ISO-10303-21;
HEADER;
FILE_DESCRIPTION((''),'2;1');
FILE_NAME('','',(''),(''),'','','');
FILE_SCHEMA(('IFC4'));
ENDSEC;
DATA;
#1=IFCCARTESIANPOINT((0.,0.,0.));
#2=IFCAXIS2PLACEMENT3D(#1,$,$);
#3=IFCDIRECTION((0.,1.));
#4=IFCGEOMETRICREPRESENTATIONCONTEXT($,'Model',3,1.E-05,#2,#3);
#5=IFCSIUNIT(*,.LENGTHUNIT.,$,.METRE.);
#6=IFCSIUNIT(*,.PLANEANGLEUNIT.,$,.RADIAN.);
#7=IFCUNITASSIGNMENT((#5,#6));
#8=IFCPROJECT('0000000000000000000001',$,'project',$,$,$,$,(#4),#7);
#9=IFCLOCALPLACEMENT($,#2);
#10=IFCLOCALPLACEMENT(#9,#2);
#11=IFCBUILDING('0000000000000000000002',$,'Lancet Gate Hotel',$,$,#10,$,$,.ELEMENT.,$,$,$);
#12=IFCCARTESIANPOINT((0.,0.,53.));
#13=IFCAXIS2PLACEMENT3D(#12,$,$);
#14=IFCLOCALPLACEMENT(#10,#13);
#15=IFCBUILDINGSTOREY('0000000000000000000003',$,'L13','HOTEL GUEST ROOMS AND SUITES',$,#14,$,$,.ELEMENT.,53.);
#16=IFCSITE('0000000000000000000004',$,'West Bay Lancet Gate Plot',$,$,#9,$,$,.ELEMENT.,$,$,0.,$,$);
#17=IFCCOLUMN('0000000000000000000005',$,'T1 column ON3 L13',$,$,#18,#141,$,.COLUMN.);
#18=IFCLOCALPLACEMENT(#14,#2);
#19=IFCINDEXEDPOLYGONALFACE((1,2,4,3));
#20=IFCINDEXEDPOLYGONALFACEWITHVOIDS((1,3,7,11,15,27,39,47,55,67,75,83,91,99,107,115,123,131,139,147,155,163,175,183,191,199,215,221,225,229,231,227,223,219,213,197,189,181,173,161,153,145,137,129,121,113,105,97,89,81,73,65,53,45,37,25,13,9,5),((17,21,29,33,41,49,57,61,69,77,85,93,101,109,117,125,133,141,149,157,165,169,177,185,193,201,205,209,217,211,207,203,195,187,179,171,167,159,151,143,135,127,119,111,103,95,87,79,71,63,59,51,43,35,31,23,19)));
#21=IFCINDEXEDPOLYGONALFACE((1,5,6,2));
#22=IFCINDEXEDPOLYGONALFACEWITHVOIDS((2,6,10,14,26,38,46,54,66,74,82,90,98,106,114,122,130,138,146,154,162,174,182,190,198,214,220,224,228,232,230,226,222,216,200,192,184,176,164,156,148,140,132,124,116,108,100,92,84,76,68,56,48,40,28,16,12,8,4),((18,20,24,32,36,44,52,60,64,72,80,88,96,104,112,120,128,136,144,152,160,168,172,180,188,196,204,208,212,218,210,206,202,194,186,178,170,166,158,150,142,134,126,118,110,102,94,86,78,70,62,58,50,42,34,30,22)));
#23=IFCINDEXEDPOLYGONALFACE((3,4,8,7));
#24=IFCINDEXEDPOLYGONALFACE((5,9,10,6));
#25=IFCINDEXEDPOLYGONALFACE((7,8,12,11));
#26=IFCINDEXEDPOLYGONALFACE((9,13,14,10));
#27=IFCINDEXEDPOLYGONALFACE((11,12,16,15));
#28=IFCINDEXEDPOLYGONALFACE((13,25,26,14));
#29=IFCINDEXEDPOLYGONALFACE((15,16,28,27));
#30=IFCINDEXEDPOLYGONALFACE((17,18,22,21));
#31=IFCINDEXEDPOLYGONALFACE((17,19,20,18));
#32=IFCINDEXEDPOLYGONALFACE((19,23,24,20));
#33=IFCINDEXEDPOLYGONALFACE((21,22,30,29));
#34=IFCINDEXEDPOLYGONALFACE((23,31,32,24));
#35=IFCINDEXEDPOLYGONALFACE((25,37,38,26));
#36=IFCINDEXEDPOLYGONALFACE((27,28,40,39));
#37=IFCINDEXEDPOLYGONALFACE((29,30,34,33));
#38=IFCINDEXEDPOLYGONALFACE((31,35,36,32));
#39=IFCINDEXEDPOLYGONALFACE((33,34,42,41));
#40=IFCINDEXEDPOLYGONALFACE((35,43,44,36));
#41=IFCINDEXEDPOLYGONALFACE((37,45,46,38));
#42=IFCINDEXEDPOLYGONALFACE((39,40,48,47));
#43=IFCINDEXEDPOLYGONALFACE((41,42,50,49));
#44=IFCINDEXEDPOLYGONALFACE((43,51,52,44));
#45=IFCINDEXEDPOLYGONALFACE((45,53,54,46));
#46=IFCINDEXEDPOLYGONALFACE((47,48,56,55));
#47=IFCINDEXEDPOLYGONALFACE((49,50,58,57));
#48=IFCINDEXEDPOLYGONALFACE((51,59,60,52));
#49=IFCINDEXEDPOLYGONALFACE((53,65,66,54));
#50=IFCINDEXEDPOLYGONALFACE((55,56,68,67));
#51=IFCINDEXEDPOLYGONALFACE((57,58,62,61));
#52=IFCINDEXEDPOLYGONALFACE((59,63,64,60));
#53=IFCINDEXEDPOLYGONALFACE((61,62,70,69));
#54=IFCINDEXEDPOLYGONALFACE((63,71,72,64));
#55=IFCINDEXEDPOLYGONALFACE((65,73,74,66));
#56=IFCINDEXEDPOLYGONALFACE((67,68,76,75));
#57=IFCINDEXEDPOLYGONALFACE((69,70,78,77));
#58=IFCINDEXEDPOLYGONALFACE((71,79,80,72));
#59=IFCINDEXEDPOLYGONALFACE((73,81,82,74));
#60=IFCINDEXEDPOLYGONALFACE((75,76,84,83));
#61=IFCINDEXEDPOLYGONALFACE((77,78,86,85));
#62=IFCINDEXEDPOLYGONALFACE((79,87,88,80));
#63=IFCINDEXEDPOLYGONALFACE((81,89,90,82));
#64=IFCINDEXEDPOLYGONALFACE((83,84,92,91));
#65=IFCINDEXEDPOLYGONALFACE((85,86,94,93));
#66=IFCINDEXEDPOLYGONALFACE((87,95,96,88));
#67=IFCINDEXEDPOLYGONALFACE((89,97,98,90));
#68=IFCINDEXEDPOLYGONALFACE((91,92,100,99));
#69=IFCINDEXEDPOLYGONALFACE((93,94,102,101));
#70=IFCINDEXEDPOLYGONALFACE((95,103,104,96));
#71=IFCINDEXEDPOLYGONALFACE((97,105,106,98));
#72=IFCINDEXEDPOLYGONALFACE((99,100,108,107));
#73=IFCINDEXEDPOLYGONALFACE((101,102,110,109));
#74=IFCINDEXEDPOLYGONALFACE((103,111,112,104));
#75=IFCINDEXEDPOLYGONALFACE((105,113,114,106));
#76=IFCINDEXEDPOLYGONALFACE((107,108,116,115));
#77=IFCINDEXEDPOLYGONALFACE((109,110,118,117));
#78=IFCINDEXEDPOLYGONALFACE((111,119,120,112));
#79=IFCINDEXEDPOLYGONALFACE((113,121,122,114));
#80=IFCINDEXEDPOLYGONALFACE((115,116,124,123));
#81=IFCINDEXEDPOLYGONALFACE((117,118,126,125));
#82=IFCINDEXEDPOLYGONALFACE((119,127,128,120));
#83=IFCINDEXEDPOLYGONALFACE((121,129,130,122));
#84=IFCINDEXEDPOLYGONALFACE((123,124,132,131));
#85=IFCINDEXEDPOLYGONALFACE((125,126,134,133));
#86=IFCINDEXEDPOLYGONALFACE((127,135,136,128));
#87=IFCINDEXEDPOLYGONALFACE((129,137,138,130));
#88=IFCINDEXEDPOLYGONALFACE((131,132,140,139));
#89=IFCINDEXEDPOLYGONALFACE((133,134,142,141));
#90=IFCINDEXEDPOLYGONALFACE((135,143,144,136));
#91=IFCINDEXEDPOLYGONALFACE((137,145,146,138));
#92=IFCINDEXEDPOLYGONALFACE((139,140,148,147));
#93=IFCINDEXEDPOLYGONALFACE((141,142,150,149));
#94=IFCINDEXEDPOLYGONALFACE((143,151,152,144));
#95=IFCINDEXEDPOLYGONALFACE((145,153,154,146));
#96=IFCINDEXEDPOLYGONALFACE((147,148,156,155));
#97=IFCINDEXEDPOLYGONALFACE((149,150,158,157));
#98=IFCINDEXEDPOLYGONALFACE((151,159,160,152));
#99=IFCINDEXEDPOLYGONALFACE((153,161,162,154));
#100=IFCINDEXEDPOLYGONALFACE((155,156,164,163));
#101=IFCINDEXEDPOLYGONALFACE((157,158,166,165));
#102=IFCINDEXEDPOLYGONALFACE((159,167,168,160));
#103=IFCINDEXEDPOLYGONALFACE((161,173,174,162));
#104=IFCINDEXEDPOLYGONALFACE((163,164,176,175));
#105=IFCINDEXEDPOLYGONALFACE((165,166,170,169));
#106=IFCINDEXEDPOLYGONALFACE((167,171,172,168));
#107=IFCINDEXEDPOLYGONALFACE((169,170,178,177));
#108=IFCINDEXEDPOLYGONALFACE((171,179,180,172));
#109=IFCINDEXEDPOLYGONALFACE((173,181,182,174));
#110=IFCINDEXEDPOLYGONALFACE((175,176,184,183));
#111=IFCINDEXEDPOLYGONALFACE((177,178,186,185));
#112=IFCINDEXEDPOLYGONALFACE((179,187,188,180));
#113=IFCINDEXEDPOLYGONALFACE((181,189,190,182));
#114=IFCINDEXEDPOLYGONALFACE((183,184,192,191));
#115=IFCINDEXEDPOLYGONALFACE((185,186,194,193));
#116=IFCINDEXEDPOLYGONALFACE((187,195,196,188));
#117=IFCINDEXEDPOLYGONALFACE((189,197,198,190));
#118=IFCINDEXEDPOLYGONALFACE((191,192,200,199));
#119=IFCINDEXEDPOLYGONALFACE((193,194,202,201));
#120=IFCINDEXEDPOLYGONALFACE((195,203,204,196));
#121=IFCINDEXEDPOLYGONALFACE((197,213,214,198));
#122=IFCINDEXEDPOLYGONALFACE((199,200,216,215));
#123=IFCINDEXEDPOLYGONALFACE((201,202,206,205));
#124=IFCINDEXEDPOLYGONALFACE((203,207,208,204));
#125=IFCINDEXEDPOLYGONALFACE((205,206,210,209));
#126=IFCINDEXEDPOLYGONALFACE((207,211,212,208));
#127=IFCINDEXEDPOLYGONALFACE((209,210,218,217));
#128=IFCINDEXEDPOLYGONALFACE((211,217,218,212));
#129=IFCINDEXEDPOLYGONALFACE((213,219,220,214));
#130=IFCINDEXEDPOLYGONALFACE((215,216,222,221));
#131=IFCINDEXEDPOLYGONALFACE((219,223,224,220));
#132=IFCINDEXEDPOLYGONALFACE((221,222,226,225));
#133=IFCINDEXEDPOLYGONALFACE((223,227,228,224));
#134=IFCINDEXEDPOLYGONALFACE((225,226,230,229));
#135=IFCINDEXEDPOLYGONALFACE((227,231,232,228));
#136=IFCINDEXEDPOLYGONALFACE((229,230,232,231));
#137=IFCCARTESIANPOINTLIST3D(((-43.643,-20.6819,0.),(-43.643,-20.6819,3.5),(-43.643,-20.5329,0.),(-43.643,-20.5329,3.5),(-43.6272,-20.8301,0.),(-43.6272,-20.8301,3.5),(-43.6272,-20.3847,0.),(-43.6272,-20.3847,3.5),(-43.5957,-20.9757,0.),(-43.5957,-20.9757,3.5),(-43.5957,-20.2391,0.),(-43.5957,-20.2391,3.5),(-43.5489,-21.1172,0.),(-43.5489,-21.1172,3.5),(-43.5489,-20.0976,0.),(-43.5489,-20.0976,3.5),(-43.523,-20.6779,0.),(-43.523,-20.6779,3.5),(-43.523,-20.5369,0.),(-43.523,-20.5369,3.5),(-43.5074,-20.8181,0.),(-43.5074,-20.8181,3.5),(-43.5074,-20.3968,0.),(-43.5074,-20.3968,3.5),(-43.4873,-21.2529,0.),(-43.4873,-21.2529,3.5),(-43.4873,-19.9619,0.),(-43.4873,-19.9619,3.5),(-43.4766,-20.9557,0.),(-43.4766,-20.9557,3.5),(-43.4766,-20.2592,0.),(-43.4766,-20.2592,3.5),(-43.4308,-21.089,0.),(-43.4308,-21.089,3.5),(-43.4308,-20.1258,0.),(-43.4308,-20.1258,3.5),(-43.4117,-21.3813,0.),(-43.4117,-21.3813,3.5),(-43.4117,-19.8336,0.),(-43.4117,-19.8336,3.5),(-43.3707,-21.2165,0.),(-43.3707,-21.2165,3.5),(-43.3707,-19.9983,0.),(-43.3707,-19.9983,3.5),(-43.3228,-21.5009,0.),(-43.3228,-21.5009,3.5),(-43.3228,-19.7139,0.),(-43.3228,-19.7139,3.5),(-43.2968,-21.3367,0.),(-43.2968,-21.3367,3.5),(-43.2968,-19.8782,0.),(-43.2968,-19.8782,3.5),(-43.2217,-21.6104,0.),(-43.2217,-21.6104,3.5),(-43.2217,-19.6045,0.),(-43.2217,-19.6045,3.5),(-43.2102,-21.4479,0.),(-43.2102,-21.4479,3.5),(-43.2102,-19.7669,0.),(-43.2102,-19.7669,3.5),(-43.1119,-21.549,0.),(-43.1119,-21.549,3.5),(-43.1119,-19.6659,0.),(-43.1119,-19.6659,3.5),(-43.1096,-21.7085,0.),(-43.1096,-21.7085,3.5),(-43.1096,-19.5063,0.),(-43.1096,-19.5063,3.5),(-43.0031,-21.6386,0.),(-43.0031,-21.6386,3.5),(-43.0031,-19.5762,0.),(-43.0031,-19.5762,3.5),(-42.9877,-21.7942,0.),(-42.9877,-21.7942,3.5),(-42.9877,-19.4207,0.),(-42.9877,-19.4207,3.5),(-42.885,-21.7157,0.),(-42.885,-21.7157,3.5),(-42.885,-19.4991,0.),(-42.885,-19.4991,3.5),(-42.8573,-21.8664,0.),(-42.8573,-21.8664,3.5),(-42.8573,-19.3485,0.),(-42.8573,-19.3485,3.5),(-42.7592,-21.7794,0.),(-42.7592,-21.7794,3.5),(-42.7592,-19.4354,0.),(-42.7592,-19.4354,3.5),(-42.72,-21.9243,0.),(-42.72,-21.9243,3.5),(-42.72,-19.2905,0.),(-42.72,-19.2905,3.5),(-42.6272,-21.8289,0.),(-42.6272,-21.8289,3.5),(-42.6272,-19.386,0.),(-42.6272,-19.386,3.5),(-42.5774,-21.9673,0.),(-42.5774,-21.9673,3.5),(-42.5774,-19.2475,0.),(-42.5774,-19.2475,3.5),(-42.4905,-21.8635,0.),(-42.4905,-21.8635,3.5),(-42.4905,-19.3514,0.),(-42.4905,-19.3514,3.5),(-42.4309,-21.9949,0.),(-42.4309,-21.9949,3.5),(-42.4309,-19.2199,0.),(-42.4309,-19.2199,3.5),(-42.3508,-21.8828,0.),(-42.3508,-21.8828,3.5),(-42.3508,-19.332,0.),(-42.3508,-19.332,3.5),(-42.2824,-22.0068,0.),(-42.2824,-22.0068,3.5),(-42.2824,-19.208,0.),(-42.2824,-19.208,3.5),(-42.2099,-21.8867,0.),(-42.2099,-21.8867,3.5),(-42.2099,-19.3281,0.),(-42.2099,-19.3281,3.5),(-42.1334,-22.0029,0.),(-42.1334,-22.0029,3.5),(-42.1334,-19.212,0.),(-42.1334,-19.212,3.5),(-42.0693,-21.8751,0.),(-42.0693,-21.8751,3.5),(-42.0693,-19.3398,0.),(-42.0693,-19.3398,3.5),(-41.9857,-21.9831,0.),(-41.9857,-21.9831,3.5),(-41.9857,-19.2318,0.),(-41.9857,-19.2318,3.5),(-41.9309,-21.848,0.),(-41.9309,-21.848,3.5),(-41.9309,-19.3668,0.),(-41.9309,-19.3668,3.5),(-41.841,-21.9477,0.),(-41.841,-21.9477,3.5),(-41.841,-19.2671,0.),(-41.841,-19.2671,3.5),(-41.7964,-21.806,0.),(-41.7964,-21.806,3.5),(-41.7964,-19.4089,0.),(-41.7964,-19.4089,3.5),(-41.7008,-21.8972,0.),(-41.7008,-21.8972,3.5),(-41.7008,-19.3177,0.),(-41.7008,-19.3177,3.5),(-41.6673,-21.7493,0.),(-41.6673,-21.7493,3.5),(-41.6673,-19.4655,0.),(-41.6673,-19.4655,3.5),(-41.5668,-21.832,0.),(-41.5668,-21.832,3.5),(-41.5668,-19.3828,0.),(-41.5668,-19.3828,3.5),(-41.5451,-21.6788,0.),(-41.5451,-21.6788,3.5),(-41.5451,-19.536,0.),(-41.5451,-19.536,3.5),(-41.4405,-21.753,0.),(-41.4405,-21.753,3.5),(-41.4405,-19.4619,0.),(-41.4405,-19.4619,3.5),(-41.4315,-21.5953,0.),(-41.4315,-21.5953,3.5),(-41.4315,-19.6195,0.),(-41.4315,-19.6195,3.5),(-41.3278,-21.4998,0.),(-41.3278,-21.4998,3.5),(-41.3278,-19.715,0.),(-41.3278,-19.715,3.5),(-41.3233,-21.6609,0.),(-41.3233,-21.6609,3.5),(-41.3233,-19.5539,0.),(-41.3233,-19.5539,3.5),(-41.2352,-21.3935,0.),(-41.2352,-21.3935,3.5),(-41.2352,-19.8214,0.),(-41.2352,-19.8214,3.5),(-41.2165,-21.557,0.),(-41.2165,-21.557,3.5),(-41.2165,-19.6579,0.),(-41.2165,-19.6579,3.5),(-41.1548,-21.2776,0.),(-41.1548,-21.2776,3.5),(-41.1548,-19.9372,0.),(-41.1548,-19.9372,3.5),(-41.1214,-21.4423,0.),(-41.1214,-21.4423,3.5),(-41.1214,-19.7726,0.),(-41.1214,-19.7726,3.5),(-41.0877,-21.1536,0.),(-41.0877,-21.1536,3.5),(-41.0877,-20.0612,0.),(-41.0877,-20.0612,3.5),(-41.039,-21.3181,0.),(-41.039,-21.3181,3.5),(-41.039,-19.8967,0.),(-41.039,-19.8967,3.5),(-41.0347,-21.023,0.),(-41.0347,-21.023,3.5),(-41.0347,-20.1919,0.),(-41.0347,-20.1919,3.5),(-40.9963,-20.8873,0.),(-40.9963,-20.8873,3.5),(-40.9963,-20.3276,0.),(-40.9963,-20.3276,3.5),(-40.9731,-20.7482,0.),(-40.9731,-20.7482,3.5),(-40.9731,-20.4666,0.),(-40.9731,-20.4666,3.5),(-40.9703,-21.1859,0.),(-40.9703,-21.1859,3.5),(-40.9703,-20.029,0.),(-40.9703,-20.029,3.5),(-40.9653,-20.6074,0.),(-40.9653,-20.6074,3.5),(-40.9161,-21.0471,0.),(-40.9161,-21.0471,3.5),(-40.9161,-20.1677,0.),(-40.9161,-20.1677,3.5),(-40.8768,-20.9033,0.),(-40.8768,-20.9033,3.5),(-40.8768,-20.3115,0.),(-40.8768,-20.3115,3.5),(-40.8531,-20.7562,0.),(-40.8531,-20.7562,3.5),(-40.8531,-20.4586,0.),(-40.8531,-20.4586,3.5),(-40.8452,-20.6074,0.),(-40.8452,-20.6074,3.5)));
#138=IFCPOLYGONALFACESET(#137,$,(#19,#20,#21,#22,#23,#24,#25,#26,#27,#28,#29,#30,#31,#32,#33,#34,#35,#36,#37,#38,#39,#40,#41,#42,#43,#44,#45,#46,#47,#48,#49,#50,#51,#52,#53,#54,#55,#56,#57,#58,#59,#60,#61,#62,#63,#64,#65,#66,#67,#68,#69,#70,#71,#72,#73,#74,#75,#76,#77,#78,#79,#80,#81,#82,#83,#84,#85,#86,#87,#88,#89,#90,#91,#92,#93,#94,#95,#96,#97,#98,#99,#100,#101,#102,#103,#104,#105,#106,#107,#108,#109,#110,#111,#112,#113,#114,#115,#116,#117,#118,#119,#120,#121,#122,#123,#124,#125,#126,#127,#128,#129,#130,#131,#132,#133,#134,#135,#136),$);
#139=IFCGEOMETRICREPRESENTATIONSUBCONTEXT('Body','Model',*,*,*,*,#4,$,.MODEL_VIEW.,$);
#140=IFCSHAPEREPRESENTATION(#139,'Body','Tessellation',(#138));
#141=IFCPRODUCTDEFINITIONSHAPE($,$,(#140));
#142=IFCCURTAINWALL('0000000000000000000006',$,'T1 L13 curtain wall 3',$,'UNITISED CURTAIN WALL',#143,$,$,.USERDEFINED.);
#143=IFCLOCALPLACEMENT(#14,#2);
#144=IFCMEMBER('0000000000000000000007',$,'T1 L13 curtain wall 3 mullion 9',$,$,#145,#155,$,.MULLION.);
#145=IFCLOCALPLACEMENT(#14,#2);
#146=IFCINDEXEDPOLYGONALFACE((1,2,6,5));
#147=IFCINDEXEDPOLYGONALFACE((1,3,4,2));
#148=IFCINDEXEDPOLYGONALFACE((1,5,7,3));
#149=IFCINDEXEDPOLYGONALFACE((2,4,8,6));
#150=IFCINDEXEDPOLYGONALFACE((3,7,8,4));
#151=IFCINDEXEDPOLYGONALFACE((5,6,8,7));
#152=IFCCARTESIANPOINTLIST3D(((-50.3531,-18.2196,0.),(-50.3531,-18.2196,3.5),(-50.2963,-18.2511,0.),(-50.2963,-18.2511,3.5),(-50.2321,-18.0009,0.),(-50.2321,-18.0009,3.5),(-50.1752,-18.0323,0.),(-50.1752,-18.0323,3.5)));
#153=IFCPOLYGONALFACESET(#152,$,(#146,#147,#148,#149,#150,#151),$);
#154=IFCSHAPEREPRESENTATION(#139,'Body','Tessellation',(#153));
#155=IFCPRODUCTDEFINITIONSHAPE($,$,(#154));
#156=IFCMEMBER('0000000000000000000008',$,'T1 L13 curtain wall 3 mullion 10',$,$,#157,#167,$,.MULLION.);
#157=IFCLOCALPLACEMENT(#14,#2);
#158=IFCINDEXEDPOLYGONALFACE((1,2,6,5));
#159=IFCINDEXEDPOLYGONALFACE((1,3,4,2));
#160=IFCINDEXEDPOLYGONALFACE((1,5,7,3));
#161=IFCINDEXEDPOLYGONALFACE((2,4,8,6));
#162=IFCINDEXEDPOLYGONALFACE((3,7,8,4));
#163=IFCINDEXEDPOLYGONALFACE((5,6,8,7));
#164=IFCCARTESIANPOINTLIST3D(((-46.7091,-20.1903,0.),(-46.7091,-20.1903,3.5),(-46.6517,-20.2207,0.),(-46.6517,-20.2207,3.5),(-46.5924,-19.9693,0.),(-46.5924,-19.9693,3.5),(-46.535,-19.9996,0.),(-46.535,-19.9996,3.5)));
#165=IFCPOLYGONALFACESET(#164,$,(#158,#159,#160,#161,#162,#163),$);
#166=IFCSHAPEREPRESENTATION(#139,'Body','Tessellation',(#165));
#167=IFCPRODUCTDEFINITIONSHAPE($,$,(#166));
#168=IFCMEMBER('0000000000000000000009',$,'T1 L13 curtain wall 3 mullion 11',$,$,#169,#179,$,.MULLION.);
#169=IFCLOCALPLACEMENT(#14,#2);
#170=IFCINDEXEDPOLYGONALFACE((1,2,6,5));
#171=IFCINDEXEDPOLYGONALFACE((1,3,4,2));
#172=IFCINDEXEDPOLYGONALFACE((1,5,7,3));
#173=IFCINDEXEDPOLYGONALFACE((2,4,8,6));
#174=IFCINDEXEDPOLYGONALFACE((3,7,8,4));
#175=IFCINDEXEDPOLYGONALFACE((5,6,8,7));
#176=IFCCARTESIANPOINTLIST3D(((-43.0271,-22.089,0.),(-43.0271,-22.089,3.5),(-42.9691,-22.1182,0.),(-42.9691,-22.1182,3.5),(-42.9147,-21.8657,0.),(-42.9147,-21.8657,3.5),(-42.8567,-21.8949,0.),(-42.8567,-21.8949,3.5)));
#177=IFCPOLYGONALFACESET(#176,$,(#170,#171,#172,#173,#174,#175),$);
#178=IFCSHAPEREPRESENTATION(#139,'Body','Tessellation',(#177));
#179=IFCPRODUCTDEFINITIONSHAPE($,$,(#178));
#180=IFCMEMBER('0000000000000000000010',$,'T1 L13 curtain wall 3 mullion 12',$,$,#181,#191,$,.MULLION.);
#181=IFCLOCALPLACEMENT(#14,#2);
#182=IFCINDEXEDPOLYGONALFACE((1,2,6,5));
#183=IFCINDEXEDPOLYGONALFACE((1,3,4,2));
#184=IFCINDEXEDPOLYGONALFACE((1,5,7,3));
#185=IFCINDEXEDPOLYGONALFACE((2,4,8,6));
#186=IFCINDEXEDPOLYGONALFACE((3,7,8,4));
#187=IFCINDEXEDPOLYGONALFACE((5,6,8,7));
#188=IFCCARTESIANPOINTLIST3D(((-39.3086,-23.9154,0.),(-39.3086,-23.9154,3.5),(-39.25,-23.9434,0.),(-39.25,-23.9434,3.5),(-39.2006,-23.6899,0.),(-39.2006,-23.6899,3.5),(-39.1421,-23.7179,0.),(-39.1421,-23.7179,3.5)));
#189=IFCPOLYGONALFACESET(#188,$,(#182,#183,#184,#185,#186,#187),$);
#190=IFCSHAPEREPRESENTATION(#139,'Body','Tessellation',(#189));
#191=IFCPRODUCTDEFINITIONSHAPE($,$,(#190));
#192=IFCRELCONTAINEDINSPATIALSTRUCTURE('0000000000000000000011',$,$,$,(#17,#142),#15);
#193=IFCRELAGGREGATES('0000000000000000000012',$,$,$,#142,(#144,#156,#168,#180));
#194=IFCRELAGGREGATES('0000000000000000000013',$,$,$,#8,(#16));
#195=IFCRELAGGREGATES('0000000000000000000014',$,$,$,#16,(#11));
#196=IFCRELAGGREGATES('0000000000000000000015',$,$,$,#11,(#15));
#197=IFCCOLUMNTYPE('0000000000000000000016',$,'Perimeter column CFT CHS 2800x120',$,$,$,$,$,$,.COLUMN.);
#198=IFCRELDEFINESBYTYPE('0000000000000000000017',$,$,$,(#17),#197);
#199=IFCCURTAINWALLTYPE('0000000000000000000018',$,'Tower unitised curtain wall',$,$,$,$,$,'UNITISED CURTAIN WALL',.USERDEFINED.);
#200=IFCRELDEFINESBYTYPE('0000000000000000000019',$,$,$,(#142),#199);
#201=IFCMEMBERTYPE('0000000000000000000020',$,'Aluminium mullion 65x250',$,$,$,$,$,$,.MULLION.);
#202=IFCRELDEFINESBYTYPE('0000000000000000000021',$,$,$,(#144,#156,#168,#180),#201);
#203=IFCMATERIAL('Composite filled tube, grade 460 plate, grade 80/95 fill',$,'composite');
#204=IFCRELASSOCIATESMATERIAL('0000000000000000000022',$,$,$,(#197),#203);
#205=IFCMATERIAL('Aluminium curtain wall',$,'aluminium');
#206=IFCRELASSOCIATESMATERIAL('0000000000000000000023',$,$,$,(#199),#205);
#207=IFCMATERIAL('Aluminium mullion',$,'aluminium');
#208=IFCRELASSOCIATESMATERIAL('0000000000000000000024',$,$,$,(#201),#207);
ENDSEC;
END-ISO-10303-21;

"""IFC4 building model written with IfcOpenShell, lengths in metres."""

from ifc_helpers import new_model, si_unit, direction, frame, origin, origin_2d, place, context, subcontext, project, spatial, rectangle, hollow_circle, extrude, material, material_profile, profile_set, type_object, element, aggregate, save


model = new_model("IFC4")

# Units and contexts
model_context = context("Model", 3, precision=1e-05, world=origin(), true_north=direction((0.0, 1.0)))
body_context = subcontext(model_context, "Body", "Model", "MODEL_VIEW")
ifc_project = project(units=[si_unit("LENGTHUNIT", "METRE"), si_unit("PLANEANGLEUNIT", "RADIAN")], contexts=[model_context])

# Site, building, storey
site_placement = place(None, origin())
site = spatial("IfcSite", under=ifc_project, at=site_placement, Name="West Bay Lancet Gate Plot", CompositionType="ELEMENT", RefElevation=0.0)
building_placement = place(site_placement, origin())
building = spatial("IfcBuilding", under=site, at=building_placement, Name="Lancet Gate Hotel", CompositionType="ELEMENT")
storey_placement = place(building_placement, frame((0.0, 0.0, 53.0)))
storey = spatial("IfcBuildingStorey", under=building, at=storey_placement, Name="L13", Description="HOTEL GUEST ROOMS AND SUITES", CompositionType="ELEMENT", Elevation=53.0)

# Column
ifc_material_1 = material(Name="Composite filled tube, grade 460 plate, grade 80/95 fill", Category="composite")
ifc_material_profile_1 = material_profile(ifc_material_1, hollow_circle(Radius=1.3999, WallThickness=0.1201, at=origin_2d()), Name="CHS 2800x120")
ifc_profile_set_1 = profile_set([ifc_material_profile_1], Name="Composite filled tube, grade 460 plate, grade 80/95 fill")
column_type = type_object("IfcColumnType", Name="Perimeter column CFT CHS 2800x120", PredefinedType="COLUMN", material=ifc_profile_set_1)
column_placement = place(storey_placement, frame((-42.2451, -20.6074, 0.0), z_axis=(0.0, 0.0, 1.0), x_axis=(1.0, 0.0, 0.0)))
element("IfcColumn", 1, at=column_placement, inside=storey, type_object=column_type, Name="T1 column ON3 L13", PredefinedType="COLUMN", context=body_context, shape_type="SweptSolid", body=[
    extrude(hollow_circle(Radius=1.3999, WallThickness=0.1201, at=origin_2d()), origin(), (0.0, 0.0, 1.0), 3.5),
])

# Curtain wall, members
ifc_material_2 = material(Name="Aluminium curtain wall", Category="aluminium")
curtain_wall_type = type_object("IfcCurtainWallType", Name="Tower unitised curtain wall", ElementType="UNITISED CURTAIN WALL", PredefinedType="USERDEFINED", material=ifc_material_2)
curtain_wall_placement = place(storey_placement, origin())
curtain_wall = element("IfcCurtainWall", 2, at=curtain_wall_placement, inside=storey, type_object=curtain_wall_type, Name="T1 L13 curtain wall 3", ObjectType="UNITISED CURTAIN WALL", PredefinedType="USERDEFINED")
ifc_material_3 = material(Name="Aluminium mullion", Category="aluminium")
ifc_material_profile_2 = material_profile(ifc_material_3, rectangle(XDim=0.0649, YDim=0.25, at=origin_2d()), Name="MULLION 65x250")
ifc_profile_set_2 = profile_set([ifc_material_profile_2], Name="Aluminium mullion")
member_type_1 = type_object("IfcMemberType", Name="Aluminium mullion 65x250", PredefinedType="MULLION", material=ifc_profile_set_2)
member_1_placement = place(storey_placement, frame((-50.2642, -18.126, 0.0), z_axis=(0.0, 0.0, 1.0), x_axis=(0.874991, -0.484139, 0.0)))
member_1 = element("IfcMember", 3, at=member_1_placement, type_object=member_type_1, Name="T1 L13 curtain wall 3 mullion 9", PredefinedType="MULLION", context=body_context, shape_type="SweptSolid", body=[
    extrude(rectangle(XDim=0.0649, YDim=0.25, at=origin_2d()), origin(), (0.0, 0.0, 1.0), 3.5),
])
member_2_placement = place(storey_placement, frame((-46.6221, -20.095, 0.0), z_axis=(0.0, 0.0, 1.0), x_axis=(0.884311, -0.466898, 0.0)))
member_2 = element("IfcMember", 4, at=member_2_placement, type_object=member_type_1, Name="T1 L13 curtain wall 3 mullion 10", PredefinedType="MULLION", context=body_context, shape_type="SweptSolid", body=[
    extrude(rectangle(XDim=0.0649, YDim=0.25, at=origin_2d()), origin(), (0.0, 0.0, 1.0), 3.5),
])
member_3_placement = place(storey_placement, frame((-42.9419, -21.9919, 0.0), z_axis=(0.0, 0.0, 1.0), x_axis=(0.893292, -0.449478, 0.0)))
member_3 = element("IfcMember", 5, at=member_3_placement, type_object=member_type_1, Name="T1 L13 curtain wall 3 mullion 11", PredefinedType="MULLION", context=body_context, shape_type="SweptSolid", body=[
    extrude(rectangle(XDim=0.0649, YDim=0.25, at=origin_2d()), origin(), (0.0, 0.0, 1.0), 3.5),
])
member_4_placement = place(storey_placement, frame((-39.2253, -23.8167, 0.0), z_axis=(0.0, 0.0, 1.0), x_axis=(0.901929, -0.431885, 0.0)))
member_4 = element("IfcMember", 6, at=member_4_placement, type_object=member_type_1, Name="T1 L13 curtain wall 3 mullion 12", PredefinedType="MULLION", context=body_context, shape_type="SweptSolid", body=[
    extrude(rectangle(XDim=0.0649, YDim=0.25, at=origin_2d()), origin(), (0.0, 0.0, 1.0), 3.5),
])

aggregate(curtain_wall, [member_1, member_2, member_3, member_4])

save(model, "model.ifc")
